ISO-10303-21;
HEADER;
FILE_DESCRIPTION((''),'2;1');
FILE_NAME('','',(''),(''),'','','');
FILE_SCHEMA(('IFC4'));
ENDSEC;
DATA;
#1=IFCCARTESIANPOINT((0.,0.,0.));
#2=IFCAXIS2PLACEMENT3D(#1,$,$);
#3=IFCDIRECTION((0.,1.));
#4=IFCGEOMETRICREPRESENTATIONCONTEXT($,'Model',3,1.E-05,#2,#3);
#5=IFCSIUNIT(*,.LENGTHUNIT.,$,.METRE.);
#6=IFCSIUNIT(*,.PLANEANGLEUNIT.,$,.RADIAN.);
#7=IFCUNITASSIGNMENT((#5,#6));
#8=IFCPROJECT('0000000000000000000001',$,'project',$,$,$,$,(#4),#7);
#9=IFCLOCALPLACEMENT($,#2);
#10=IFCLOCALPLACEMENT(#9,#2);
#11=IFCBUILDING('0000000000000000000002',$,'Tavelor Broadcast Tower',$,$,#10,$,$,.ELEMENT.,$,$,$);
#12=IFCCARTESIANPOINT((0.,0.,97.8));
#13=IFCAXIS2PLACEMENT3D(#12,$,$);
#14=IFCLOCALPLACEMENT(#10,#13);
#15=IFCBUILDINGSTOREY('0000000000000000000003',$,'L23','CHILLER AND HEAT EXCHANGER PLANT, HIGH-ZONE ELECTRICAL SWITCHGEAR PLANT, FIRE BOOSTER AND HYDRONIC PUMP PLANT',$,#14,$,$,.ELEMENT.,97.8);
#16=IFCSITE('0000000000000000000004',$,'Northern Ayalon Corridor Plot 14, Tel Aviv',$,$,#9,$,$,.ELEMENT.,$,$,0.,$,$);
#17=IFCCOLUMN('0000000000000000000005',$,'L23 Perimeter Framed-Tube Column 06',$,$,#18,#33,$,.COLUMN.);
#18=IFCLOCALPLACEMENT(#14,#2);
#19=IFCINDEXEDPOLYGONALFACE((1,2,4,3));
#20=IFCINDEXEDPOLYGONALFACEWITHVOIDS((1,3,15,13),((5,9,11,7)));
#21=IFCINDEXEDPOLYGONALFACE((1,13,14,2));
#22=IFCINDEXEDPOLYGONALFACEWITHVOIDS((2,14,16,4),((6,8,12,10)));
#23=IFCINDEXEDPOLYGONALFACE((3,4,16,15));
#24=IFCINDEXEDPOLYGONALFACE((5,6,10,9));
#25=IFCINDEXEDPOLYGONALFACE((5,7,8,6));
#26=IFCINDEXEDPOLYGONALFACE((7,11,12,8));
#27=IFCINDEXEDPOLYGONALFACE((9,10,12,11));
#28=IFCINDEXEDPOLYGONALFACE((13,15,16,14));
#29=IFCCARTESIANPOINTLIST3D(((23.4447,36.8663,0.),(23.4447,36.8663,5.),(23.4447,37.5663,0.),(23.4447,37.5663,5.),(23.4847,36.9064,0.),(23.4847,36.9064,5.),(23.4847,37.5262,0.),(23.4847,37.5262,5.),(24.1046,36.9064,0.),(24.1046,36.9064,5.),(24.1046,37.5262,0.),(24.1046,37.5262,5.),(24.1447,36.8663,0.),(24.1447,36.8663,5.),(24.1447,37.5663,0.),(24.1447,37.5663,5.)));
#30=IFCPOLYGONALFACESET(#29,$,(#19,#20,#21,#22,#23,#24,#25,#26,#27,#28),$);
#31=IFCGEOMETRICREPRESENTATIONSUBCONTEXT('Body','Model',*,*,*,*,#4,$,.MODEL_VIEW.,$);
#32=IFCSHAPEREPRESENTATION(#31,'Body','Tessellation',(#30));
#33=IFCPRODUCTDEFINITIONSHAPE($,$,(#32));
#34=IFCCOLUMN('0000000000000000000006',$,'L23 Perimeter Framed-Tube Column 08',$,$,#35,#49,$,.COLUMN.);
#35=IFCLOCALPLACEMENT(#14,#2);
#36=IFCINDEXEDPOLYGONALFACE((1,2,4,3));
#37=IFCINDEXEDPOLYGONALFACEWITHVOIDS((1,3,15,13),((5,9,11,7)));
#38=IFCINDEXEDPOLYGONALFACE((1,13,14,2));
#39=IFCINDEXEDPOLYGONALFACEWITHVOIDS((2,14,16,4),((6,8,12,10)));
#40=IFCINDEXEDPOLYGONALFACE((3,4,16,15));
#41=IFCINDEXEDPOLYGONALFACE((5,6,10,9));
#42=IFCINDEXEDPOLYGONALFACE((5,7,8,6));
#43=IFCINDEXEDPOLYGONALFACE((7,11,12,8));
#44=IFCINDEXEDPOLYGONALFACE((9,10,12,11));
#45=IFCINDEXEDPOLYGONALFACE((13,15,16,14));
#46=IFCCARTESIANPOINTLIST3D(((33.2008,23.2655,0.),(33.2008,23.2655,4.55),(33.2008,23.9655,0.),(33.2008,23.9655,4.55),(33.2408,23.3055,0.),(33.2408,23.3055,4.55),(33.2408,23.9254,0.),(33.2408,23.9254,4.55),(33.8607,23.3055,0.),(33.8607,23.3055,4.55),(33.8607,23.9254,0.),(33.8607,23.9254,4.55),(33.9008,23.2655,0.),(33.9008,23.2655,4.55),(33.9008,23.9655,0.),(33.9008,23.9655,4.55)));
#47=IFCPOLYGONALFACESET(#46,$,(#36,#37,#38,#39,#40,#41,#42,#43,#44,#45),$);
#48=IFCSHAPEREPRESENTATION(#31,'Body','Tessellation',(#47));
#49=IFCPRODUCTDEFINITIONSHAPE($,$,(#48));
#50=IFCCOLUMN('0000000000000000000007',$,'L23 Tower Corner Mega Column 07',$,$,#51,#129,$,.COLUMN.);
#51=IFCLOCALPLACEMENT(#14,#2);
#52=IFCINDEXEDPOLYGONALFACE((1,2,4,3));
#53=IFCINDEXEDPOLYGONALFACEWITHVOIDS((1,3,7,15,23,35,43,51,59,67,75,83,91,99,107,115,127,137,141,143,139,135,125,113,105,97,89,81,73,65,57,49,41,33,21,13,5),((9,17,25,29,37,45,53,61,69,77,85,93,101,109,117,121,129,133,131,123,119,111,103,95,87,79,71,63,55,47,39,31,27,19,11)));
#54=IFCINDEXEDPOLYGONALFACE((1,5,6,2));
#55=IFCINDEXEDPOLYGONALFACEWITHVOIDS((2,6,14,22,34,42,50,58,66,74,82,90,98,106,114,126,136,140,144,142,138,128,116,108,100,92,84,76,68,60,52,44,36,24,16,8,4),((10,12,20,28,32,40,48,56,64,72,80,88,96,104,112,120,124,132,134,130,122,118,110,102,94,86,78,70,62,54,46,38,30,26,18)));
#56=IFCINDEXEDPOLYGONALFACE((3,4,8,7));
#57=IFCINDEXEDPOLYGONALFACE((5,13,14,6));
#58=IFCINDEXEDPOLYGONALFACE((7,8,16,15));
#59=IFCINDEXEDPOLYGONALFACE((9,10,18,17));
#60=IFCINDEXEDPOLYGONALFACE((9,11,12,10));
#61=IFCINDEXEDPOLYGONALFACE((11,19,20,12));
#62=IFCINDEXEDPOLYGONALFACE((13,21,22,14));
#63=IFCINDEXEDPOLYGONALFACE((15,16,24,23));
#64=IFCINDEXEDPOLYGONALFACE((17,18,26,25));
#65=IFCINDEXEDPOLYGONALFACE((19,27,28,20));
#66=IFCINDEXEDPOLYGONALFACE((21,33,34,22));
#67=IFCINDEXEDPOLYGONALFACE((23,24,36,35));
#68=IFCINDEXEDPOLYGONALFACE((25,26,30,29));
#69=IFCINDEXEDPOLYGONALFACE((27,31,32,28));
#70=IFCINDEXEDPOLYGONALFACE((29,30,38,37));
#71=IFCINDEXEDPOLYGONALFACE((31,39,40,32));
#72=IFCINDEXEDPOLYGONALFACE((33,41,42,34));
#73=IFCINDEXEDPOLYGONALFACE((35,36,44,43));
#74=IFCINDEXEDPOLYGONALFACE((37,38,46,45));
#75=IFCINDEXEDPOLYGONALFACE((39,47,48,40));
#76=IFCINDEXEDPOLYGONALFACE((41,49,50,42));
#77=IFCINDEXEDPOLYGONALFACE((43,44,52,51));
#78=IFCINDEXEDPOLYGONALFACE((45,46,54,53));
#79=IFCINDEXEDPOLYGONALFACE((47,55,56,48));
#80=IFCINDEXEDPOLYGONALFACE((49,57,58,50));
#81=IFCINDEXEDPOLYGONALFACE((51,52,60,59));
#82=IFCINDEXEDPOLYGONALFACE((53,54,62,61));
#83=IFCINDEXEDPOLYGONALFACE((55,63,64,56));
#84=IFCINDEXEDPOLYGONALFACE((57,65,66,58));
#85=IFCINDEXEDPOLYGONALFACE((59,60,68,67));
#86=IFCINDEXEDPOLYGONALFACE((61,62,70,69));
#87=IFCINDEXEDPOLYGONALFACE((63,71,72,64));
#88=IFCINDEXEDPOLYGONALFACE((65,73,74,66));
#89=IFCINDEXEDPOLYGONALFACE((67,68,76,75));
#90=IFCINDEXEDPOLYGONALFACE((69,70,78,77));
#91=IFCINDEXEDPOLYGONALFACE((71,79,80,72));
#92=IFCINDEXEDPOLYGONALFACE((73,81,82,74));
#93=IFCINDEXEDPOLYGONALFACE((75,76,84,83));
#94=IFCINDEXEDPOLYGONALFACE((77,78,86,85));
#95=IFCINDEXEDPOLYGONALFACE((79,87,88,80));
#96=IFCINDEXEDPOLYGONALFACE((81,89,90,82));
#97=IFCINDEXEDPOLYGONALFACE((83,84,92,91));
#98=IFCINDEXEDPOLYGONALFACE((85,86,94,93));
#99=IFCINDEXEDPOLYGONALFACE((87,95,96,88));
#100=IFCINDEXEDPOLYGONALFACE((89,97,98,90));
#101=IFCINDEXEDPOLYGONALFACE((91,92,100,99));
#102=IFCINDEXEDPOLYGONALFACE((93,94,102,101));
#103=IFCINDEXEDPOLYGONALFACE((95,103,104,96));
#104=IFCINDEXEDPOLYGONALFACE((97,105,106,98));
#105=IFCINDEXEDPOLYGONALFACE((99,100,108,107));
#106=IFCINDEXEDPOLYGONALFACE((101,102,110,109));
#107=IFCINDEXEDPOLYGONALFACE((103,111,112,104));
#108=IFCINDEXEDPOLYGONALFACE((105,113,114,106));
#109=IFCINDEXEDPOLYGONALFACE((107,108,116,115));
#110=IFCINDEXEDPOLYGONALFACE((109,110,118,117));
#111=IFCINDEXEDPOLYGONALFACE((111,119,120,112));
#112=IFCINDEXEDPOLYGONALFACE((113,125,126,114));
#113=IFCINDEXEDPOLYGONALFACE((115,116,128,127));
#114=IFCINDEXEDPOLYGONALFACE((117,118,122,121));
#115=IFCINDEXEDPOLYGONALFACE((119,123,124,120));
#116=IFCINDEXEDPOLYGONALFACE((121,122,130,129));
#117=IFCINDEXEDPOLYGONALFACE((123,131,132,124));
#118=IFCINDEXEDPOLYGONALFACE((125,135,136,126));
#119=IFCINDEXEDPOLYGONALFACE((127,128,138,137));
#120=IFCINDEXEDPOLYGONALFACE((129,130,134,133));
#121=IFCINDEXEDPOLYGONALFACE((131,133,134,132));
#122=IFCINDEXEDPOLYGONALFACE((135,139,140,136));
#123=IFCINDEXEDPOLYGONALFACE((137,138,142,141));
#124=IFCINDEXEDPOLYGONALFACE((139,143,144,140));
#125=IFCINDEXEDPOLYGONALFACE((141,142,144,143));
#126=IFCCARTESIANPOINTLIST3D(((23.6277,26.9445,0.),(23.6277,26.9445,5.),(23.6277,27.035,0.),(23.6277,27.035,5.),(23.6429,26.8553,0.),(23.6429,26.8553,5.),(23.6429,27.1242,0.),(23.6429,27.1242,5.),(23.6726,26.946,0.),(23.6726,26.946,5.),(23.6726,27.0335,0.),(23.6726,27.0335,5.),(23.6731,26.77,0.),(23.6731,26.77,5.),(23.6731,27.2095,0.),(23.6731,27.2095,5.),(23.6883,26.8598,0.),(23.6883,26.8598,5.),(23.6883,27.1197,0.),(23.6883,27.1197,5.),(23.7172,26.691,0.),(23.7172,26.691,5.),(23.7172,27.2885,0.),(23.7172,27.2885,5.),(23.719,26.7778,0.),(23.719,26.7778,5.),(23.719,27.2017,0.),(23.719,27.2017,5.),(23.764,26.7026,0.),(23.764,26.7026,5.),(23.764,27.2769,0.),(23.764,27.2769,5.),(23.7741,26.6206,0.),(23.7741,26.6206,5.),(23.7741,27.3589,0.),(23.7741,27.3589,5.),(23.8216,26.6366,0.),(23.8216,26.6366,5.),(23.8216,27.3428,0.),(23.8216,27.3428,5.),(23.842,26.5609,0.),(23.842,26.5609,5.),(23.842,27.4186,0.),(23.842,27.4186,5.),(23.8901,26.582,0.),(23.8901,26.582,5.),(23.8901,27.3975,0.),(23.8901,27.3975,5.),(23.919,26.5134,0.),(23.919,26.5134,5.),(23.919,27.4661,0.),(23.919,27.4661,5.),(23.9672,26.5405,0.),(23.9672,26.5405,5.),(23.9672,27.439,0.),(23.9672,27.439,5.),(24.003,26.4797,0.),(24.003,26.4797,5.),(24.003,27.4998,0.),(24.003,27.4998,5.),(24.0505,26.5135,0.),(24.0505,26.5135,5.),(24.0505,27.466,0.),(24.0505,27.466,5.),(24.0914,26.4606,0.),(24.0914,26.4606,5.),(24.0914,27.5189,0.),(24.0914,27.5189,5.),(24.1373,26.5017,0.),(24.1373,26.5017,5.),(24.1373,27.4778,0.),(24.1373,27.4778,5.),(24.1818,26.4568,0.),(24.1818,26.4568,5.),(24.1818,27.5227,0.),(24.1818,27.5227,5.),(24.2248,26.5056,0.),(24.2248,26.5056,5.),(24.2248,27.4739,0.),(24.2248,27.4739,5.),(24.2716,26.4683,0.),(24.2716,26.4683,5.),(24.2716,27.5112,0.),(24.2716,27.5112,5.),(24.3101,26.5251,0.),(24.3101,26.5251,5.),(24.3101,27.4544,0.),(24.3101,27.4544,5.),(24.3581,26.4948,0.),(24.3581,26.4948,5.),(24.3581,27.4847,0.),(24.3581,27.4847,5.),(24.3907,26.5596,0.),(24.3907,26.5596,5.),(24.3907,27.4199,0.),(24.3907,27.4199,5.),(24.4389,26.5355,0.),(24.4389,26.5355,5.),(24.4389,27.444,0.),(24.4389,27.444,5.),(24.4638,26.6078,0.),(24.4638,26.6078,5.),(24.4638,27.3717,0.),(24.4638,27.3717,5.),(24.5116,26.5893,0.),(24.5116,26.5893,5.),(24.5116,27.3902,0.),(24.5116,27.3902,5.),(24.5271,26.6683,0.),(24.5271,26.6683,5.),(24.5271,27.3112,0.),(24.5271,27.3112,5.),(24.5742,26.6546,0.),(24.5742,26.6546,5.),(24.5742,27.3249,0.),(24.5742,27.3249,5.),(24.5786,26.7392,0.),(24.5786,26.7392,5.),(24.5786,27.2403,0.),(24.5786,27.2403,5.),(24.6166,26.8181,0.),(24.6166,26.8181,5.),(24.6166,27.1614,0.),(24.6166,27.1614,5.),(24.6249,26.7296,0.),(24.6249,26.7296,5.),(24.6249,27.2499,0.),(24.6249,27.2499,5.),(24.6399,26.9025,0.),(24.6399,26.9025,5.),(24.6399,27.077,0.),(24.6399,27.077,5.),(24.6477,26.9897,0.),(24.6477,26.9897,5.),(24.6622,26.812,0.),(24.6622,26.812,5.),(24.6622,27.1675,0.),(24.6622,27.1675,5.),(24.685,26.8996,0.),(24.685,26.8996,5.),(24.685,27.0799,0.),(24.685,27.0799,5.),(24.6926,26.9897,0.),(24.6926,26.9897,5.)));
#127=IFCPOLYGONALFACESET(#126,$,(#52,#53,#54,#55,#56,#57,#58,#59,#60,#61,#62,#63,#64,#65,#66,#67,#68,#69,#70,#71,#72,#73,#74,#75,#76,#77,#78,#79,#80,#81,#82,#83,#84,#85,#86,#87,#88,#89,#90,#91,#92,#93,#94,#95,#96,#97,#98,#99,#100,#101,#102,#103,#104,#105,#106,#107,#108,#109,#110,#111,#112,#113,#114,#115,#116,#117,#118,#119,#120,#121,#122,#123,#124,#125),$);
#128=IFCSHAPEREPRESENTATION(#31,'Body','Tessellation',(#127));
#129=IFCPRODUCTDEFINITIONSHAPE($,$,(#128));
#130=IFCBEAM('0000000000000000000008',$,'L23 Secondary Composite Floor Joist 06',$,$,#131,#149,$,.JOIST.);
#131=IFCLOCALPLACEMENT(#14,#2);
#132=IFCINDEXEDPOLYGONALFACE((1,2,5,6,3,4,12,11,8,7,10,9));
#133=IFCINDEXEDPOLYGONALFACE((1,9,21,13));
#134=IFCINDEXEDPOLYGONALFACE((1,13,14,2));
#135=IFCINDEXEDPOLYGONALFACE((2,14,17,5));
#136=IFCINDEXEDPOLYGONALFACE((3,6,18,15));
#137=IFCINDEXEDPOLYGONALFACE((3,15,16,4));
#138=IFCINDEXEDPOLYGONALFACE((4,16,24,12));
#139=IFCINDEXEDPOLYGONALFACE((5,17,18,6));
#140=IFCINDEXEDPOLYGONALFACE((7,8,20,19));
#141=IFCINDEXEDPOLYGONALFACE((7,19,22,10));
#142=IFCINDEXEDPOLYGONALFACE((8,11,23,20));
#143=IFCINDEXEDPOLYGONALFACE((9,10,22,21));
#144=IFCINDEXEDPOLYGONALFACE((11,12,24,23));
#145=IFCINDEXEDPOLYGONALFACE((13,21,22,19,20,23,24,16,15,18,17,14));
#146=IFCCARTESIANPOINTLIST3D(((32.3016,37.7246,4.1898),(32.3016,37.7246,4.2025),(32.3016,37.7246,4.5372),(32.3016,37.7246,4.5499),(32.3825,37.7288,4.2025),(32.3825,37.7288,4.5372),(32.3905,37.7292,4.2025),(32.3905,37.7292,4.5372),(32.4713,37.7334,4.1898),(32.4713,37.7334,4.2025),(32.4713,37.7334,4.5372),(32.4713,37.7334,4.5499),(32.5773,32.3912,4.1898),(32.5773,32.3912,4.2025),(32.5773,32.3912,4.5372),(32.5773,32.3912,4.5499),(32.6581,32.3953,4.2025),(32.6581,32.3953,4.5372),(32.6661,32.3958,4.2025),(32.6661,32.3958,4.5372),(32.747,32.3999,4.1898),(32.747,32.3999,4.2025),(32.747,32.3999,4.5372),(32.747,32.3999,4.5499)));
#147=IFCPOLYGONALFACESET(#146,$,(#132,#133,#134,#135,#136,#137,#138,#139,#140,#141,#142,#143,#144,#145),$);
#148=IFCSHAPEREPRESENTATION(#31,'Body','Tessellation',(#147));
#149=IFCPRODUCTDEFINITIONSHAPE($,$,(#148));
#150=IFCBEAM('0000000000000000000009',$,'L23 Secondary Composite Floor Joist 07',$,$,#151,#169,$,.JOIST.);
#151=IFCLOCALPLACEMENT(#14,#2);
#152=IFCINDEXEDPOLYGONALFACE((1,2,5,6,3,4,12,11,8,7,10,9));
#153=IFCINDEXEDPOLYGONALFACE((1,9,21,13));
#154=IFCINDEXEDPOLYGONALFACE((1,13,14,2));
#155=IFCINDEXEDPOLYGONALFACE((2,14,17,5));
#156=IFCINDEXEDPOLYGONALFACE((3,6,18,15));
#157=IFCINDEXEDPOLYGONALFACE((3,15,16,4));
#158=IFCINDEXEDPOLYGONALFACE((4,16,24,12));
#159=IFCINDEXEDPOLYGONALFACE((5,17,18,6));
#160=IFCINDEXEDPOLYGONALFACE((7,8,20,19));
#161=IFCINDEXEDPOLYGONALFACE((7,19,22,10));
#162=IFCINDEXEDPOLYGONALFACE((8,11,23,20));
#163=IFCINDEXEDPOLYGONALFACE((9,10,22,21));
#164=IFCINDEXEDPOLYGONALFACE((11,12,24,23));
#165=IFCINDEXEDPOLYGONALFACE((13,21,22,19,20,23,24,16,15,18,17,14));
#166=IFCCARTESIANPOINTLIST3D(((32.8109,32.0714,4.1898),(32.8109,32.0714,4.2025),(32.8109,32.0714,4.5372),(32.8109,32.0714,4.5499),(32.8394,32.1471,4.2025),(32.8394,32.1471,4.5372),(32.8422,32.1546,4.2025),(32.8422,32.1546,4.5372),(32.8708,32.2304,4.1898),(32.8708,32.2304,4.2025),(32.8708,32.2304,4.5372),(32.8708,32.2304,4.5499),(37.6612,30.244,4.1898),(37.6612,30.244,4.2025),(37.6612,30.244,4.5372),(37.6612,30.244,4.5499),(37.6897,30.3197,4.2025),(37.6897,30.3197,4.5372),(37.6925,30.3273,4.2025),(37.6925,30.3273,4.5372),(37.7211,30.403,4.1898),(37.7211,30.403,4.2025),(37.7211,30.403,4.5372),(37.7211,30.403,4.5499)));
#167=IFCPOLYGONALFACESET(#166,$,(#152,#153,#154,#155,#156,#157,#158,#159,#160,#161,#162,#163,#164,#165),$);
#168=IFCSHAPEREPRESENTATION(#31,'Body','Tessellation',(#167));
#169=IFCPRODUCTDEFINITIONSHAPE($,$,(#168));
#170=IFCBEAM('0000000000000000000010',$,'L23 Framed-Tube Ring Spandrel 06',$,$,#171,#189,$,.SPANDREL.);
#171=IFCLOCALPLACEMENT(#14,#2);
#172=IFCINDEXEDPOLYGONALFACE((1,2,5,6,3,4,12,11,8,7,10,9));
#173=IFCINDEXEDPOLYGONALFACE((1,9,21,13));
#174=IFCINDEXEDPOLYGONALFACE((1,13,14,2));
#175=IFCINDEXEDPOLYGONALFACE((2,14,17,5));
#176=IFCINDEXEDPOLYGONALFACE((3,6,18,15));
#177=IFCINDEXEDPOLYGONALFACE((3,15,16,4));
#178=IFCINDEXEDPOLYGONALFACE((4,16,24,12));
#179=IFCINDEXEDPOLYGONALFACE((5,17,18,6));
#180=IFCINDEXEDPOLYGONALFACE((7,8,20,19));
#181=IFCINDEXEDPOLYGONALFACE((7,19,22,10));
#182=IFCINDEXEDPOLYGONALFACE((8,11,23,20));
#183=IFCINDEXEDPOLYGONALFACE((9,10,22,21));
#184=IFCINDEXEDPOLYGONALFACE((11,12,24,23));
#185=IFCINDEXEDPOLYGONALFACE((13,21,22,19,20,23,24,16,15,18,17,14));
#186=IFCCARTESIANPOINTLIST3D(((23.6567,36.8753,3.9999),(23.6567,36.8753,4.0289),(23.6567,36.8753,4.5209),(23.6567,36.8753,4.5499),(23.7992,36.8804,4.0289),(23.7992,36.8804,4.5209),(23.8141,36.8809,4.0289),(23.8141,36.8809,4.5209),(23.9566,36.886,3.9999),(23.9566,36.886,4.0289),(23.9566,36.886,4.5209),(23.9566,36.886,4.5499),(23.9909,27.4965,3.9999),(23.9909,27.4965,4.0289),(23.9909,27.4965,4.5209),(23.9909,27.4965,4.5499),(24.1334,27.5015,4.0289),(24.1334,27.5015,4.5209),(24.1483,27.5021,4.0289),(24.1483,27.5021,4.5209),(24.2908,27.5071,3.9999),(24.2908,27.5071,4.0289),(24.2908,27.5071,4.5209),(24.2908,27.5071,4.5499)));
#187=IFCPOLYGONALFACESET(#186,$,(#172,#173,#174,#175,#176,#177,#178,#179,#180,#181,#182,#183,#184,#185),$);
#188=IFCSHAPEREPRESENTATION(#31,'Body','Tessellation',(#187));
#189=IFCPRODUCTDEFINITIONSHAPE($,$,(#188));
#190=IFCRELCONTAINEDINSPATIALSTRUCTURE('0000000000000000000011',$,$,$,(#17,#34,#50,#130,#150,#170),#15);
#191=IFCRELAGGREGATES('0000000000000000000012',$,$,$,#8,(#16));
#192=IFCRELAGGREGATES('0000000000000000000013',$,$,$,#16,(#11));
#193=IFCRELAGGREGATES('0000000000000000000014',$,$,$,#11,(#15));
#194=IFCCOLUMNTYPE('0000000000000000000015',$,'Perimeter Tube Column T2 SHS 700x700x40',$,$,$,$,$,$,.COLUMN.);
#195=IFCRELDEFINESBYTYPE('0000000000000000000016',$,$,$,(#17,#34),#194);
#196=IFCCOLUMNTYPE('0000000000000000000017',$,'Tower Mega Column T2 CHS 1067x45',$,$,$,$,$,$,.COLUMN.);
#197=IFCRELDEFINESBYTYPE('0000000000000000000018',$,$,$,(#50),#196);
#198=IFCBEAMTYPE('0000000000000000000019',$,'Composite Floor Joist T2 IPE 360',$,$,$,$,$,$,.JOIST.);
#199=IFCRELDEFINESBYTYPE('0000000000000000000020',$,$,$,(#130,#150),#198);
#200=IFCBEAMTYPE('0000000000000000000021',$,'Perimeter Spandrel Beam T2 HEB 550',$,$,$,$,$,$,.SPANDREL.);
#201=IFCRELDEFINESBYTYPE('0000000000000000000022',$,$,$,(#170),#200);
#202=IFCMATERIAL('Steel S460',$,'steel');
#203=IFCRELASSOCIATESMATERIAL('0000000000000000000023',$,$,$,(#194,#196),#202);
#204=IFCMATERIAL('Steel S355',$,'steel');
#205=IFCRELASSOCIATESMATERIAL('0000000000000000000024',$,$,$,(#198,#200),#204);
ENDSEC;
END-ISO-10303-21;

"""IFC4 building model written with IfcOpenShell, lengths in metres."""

from ifc_helpers import new_model, si_unit, direction, frame, origin, origin_2d, place, context, subcontext, project, spatial, hollow_rectangle, hollow_circle, i_section, extrude, material, material_profile, profile_set, type_object, element, save


model = new_model("IFC4")

# Units and contexts
model_context = context("Model", 3, precision=1e-05, world=origin(), true_north=direction((0.0, 1.0)))
body_context = subcontext(model_context, "Body", "Model", "MODEL_VIEW")
ifc_project = project(units=[si_unit("LENGTHUNIT", "METRE"), si_unit("PLANEANGLEUNIT", "RADIAN")], contexts=[model_context])

# Site, building, storey
site_placement = place(None, origin())
site = spatial("IfcSite", under=ifc_project, at=site_placement, Name="Northern Ayalon Corridor Plot 14, Tel Aviv", CompositionType="ELEMENT", RefElevation=0.0)
building_placement = place(site_placement, origin())
building = spatial("IfcBuilding", under=site, at=building_placement, Name="Tavelor Broadcast Tower", CompositionType="ELEMENT")
storey_placement = place(building_placement, frame((0.0, 0.0, 97.8)))
storey = spatial("IfcBuildingStorey", under=building, at=storey_placement, Name="L23", Description="CHILLER AND HEAT EXCHANGER PLANT, HIGH-ZONE ELECTRICAL SWITCHGEAR PLANT, FIRE BOOSTER AND HYDRONIC PUMP PLANT", CompositionType="ELEMENT", Elevation=97.8)

# Columns
ifc_material_1 = material(Name="Steel S460", Category="steel")
ifc_material_profile_1 = material_profile(ifc_material_1, hollow_rectangle(XDim=0.7, YDim=0.7, WallThickness=0.04, at=origin_2d()), Name="SHS 700x700x40")
ifc_profile_set_1 = profile_set([ifc_material_profile_1], Name="Steel S460")
column_type_1 = type_object("IfcColumnType", Name="Perimeter Tube Column T2 SHS 700x700x40", PredefinedType="COLUMN", material=ifc_profile_set_1)
column_1_placement = place(storey_placement, frame((23.7947, 37.2163, 0.0), z_axis=(0.0, 0.0, 1.0), x_axis=(1.0, 0.0, 0.0)))
element("IfcColumn", 1, at=column_1_placement, inside=storey, type_object=column_type_1, Name="L23 Perimeter Framed-Tube Column 06", PredefinedType="COLUMN", context=body_context, shape_type="SweptSolid", body=[
    extrude(hollow_rectangle(XDim=0.7, YDim=0.7, WallThickness=0.04, at=origin_2d()), origin(), (0.0, 0.0, 1.0), 5.0),
])
column_2_placement = place(storey_placement, frame((33.5508, 23.6155, 0.0), z_axis=(0.0, 0.0, 1.0), x_axis=(1.0, 0.0, 0.0)))
element("IfcColumn", 2, at=column_2_placement, inside=storey, type_object=column_type_1, Name="L23 Perimeter Framed-Tube Column 08", PredefinedType="COLUMN", context=body_context, shape_type="SweptSolid", body=[
    extrude(hollow_rectangle(XDim=0.7, YDim=0.7, WallThickness=0.04, at=origin_2d()), origin(), (0.0, 0.0, 1.0), 4.55),
])
ifc_material_profile_2 = material_profile(ifc_material_1, hollow_circle(Radius=0.5334, WallThickness=0.0449, at=origin_2d()), Name="CHS 1067x45")
ifc_profile_set_2 = profile_set([ifc_material_profile_2], Name="Steel S460")
column_type_2 = type_object("IfcColumnType", Name="Tower Mega Column T2 CHS 1067x45", PredefinedType="COLUMN", material=ifc_profile_set_2)
column_3_placement = place(storey_placement, frame((24.1592, 26.9897, 0.0), z_axis=(0.0, 0.0, 1.0), x_axis=(1.0, 0.0, 0.0)))
element("IfcColumn", 3, at=column_3_placement, inside=storey, type_object=column_type_2, Name="L23 Tower Corner Mega Column 07", PredefinedType="COLUMN", context=body_context, shape_type="SweptSolid", body=[
    extrude(hollow_circle(Radius=0.5334, WallThickness=0.0449, at=origin_2d()), origin(), (0.0, 0.0, 1.0), 5.0),
])

# Beams
ifc_material_2 = material(Name="Steel S355", Category="steel")
ifc_material_profile_3 = material_profile(ifc_material_2, i_section(OverallWidth=0.1699, OverallDepth=0.3601, WebThickness=0.0081, FlangeThickness=0.0127, at=origin_2d()), Name="IPE 360")
ifc_profile_set_3 = profile_set([ifc_material_profile_3], Name="Steel S355")
beam_type_1 = type_object("IfcBeamType", Name="Composite Floor Joist T2 IPE 360", PredefinedType="JOIST", material=ifc_profile_set_3)
beam_1_placement = place(storey_placement, frame((32.3865, 37.729, 4.3699), z_axis=(0.051611, -0.998667, 0.0), x_axis=(0.998667, 0.051611, 0.0)))
element("IfcBeam", 4, at=beam_1_placement, inside=storey, type_object=beam_type_1, Name="L23 Secondary Composite Floor Joist 06", PredefinedType="JOIST", context=body_context, shape_type="SweptSolid", body=[
    extrude(i_section(OverallWidth=0.1699, OverallDepth=0.3601, WebThickness=0.0081, FlangeThickness=0.0127, at=origin_2d()), origin(), (0.0, 0.0, 1.0), 5.3406),
])
beam_2_placement = place(storey_placement, frame((32.8408, 32.1509, 4.3699), z_axis=(0.935788, -0.352563, 0.0), x_axis=(0.352563, 0.935788, 0.0)))
element("IfcBeam", 5, at=beam_2_placement, inside=storey, type_object=beam_type_1, Name="L23 Secondary Composite Floor Joist 07", PredefinedType="JOIST", context=body_context, shape_type="SweptSolid", body=[
    extrude(i_section(OverallWidth=0.1699, OverallDepth=0.3601, WebThickness=0.0081, FlangeThickness=0.0127, at=origin_2d()), origin(), (0.0, 0.0, 1.0), 5.1831),
])
ifc_material_profile_4 = material_profile(ifc_material_2, i_section(OverallWidth=0.3, OverallDepth=0.55, WebThickness=0.0149, FlangeThickness=0.0291, at=origin_2d()), Name="HEB 550")
ifc_profile_set_4 = profile_set([ifc_material_profile_4], Name="Steel S355")
beam_type_2 = type_object("IfcBeamType", Name="Perimeter Spandrel Beam T2 HEB 550", PredefinedType="SPANDREL", material=ifc_profile_set_4)
beam_3_placement = place(storey_placement, frame((23.8066, 36.8806, 4.2749), z_axis=(0.035614, -0.999366, 0.0), x_axis=(0.999366, 0.035614, 0.0)))
element("IfcBeam", 6, at=beam_3_placement, inside=storey, type_object=beam_type_2, Name="L23 Framed-Tube Ring Spandrel 06", PredefinedType="SPANDREL", context=body_context, shape_type="SweptSolid", body=[
    extrude(i_section(OverallWidth=0.3, OverallDepth=0.55, WebThickness=0.0149, FlangeThickness=0.0291, at=origin_2d()), origin(), (0.0, 0.0, 1.0), 9.3848),
])

save(model, "model.ifc")
